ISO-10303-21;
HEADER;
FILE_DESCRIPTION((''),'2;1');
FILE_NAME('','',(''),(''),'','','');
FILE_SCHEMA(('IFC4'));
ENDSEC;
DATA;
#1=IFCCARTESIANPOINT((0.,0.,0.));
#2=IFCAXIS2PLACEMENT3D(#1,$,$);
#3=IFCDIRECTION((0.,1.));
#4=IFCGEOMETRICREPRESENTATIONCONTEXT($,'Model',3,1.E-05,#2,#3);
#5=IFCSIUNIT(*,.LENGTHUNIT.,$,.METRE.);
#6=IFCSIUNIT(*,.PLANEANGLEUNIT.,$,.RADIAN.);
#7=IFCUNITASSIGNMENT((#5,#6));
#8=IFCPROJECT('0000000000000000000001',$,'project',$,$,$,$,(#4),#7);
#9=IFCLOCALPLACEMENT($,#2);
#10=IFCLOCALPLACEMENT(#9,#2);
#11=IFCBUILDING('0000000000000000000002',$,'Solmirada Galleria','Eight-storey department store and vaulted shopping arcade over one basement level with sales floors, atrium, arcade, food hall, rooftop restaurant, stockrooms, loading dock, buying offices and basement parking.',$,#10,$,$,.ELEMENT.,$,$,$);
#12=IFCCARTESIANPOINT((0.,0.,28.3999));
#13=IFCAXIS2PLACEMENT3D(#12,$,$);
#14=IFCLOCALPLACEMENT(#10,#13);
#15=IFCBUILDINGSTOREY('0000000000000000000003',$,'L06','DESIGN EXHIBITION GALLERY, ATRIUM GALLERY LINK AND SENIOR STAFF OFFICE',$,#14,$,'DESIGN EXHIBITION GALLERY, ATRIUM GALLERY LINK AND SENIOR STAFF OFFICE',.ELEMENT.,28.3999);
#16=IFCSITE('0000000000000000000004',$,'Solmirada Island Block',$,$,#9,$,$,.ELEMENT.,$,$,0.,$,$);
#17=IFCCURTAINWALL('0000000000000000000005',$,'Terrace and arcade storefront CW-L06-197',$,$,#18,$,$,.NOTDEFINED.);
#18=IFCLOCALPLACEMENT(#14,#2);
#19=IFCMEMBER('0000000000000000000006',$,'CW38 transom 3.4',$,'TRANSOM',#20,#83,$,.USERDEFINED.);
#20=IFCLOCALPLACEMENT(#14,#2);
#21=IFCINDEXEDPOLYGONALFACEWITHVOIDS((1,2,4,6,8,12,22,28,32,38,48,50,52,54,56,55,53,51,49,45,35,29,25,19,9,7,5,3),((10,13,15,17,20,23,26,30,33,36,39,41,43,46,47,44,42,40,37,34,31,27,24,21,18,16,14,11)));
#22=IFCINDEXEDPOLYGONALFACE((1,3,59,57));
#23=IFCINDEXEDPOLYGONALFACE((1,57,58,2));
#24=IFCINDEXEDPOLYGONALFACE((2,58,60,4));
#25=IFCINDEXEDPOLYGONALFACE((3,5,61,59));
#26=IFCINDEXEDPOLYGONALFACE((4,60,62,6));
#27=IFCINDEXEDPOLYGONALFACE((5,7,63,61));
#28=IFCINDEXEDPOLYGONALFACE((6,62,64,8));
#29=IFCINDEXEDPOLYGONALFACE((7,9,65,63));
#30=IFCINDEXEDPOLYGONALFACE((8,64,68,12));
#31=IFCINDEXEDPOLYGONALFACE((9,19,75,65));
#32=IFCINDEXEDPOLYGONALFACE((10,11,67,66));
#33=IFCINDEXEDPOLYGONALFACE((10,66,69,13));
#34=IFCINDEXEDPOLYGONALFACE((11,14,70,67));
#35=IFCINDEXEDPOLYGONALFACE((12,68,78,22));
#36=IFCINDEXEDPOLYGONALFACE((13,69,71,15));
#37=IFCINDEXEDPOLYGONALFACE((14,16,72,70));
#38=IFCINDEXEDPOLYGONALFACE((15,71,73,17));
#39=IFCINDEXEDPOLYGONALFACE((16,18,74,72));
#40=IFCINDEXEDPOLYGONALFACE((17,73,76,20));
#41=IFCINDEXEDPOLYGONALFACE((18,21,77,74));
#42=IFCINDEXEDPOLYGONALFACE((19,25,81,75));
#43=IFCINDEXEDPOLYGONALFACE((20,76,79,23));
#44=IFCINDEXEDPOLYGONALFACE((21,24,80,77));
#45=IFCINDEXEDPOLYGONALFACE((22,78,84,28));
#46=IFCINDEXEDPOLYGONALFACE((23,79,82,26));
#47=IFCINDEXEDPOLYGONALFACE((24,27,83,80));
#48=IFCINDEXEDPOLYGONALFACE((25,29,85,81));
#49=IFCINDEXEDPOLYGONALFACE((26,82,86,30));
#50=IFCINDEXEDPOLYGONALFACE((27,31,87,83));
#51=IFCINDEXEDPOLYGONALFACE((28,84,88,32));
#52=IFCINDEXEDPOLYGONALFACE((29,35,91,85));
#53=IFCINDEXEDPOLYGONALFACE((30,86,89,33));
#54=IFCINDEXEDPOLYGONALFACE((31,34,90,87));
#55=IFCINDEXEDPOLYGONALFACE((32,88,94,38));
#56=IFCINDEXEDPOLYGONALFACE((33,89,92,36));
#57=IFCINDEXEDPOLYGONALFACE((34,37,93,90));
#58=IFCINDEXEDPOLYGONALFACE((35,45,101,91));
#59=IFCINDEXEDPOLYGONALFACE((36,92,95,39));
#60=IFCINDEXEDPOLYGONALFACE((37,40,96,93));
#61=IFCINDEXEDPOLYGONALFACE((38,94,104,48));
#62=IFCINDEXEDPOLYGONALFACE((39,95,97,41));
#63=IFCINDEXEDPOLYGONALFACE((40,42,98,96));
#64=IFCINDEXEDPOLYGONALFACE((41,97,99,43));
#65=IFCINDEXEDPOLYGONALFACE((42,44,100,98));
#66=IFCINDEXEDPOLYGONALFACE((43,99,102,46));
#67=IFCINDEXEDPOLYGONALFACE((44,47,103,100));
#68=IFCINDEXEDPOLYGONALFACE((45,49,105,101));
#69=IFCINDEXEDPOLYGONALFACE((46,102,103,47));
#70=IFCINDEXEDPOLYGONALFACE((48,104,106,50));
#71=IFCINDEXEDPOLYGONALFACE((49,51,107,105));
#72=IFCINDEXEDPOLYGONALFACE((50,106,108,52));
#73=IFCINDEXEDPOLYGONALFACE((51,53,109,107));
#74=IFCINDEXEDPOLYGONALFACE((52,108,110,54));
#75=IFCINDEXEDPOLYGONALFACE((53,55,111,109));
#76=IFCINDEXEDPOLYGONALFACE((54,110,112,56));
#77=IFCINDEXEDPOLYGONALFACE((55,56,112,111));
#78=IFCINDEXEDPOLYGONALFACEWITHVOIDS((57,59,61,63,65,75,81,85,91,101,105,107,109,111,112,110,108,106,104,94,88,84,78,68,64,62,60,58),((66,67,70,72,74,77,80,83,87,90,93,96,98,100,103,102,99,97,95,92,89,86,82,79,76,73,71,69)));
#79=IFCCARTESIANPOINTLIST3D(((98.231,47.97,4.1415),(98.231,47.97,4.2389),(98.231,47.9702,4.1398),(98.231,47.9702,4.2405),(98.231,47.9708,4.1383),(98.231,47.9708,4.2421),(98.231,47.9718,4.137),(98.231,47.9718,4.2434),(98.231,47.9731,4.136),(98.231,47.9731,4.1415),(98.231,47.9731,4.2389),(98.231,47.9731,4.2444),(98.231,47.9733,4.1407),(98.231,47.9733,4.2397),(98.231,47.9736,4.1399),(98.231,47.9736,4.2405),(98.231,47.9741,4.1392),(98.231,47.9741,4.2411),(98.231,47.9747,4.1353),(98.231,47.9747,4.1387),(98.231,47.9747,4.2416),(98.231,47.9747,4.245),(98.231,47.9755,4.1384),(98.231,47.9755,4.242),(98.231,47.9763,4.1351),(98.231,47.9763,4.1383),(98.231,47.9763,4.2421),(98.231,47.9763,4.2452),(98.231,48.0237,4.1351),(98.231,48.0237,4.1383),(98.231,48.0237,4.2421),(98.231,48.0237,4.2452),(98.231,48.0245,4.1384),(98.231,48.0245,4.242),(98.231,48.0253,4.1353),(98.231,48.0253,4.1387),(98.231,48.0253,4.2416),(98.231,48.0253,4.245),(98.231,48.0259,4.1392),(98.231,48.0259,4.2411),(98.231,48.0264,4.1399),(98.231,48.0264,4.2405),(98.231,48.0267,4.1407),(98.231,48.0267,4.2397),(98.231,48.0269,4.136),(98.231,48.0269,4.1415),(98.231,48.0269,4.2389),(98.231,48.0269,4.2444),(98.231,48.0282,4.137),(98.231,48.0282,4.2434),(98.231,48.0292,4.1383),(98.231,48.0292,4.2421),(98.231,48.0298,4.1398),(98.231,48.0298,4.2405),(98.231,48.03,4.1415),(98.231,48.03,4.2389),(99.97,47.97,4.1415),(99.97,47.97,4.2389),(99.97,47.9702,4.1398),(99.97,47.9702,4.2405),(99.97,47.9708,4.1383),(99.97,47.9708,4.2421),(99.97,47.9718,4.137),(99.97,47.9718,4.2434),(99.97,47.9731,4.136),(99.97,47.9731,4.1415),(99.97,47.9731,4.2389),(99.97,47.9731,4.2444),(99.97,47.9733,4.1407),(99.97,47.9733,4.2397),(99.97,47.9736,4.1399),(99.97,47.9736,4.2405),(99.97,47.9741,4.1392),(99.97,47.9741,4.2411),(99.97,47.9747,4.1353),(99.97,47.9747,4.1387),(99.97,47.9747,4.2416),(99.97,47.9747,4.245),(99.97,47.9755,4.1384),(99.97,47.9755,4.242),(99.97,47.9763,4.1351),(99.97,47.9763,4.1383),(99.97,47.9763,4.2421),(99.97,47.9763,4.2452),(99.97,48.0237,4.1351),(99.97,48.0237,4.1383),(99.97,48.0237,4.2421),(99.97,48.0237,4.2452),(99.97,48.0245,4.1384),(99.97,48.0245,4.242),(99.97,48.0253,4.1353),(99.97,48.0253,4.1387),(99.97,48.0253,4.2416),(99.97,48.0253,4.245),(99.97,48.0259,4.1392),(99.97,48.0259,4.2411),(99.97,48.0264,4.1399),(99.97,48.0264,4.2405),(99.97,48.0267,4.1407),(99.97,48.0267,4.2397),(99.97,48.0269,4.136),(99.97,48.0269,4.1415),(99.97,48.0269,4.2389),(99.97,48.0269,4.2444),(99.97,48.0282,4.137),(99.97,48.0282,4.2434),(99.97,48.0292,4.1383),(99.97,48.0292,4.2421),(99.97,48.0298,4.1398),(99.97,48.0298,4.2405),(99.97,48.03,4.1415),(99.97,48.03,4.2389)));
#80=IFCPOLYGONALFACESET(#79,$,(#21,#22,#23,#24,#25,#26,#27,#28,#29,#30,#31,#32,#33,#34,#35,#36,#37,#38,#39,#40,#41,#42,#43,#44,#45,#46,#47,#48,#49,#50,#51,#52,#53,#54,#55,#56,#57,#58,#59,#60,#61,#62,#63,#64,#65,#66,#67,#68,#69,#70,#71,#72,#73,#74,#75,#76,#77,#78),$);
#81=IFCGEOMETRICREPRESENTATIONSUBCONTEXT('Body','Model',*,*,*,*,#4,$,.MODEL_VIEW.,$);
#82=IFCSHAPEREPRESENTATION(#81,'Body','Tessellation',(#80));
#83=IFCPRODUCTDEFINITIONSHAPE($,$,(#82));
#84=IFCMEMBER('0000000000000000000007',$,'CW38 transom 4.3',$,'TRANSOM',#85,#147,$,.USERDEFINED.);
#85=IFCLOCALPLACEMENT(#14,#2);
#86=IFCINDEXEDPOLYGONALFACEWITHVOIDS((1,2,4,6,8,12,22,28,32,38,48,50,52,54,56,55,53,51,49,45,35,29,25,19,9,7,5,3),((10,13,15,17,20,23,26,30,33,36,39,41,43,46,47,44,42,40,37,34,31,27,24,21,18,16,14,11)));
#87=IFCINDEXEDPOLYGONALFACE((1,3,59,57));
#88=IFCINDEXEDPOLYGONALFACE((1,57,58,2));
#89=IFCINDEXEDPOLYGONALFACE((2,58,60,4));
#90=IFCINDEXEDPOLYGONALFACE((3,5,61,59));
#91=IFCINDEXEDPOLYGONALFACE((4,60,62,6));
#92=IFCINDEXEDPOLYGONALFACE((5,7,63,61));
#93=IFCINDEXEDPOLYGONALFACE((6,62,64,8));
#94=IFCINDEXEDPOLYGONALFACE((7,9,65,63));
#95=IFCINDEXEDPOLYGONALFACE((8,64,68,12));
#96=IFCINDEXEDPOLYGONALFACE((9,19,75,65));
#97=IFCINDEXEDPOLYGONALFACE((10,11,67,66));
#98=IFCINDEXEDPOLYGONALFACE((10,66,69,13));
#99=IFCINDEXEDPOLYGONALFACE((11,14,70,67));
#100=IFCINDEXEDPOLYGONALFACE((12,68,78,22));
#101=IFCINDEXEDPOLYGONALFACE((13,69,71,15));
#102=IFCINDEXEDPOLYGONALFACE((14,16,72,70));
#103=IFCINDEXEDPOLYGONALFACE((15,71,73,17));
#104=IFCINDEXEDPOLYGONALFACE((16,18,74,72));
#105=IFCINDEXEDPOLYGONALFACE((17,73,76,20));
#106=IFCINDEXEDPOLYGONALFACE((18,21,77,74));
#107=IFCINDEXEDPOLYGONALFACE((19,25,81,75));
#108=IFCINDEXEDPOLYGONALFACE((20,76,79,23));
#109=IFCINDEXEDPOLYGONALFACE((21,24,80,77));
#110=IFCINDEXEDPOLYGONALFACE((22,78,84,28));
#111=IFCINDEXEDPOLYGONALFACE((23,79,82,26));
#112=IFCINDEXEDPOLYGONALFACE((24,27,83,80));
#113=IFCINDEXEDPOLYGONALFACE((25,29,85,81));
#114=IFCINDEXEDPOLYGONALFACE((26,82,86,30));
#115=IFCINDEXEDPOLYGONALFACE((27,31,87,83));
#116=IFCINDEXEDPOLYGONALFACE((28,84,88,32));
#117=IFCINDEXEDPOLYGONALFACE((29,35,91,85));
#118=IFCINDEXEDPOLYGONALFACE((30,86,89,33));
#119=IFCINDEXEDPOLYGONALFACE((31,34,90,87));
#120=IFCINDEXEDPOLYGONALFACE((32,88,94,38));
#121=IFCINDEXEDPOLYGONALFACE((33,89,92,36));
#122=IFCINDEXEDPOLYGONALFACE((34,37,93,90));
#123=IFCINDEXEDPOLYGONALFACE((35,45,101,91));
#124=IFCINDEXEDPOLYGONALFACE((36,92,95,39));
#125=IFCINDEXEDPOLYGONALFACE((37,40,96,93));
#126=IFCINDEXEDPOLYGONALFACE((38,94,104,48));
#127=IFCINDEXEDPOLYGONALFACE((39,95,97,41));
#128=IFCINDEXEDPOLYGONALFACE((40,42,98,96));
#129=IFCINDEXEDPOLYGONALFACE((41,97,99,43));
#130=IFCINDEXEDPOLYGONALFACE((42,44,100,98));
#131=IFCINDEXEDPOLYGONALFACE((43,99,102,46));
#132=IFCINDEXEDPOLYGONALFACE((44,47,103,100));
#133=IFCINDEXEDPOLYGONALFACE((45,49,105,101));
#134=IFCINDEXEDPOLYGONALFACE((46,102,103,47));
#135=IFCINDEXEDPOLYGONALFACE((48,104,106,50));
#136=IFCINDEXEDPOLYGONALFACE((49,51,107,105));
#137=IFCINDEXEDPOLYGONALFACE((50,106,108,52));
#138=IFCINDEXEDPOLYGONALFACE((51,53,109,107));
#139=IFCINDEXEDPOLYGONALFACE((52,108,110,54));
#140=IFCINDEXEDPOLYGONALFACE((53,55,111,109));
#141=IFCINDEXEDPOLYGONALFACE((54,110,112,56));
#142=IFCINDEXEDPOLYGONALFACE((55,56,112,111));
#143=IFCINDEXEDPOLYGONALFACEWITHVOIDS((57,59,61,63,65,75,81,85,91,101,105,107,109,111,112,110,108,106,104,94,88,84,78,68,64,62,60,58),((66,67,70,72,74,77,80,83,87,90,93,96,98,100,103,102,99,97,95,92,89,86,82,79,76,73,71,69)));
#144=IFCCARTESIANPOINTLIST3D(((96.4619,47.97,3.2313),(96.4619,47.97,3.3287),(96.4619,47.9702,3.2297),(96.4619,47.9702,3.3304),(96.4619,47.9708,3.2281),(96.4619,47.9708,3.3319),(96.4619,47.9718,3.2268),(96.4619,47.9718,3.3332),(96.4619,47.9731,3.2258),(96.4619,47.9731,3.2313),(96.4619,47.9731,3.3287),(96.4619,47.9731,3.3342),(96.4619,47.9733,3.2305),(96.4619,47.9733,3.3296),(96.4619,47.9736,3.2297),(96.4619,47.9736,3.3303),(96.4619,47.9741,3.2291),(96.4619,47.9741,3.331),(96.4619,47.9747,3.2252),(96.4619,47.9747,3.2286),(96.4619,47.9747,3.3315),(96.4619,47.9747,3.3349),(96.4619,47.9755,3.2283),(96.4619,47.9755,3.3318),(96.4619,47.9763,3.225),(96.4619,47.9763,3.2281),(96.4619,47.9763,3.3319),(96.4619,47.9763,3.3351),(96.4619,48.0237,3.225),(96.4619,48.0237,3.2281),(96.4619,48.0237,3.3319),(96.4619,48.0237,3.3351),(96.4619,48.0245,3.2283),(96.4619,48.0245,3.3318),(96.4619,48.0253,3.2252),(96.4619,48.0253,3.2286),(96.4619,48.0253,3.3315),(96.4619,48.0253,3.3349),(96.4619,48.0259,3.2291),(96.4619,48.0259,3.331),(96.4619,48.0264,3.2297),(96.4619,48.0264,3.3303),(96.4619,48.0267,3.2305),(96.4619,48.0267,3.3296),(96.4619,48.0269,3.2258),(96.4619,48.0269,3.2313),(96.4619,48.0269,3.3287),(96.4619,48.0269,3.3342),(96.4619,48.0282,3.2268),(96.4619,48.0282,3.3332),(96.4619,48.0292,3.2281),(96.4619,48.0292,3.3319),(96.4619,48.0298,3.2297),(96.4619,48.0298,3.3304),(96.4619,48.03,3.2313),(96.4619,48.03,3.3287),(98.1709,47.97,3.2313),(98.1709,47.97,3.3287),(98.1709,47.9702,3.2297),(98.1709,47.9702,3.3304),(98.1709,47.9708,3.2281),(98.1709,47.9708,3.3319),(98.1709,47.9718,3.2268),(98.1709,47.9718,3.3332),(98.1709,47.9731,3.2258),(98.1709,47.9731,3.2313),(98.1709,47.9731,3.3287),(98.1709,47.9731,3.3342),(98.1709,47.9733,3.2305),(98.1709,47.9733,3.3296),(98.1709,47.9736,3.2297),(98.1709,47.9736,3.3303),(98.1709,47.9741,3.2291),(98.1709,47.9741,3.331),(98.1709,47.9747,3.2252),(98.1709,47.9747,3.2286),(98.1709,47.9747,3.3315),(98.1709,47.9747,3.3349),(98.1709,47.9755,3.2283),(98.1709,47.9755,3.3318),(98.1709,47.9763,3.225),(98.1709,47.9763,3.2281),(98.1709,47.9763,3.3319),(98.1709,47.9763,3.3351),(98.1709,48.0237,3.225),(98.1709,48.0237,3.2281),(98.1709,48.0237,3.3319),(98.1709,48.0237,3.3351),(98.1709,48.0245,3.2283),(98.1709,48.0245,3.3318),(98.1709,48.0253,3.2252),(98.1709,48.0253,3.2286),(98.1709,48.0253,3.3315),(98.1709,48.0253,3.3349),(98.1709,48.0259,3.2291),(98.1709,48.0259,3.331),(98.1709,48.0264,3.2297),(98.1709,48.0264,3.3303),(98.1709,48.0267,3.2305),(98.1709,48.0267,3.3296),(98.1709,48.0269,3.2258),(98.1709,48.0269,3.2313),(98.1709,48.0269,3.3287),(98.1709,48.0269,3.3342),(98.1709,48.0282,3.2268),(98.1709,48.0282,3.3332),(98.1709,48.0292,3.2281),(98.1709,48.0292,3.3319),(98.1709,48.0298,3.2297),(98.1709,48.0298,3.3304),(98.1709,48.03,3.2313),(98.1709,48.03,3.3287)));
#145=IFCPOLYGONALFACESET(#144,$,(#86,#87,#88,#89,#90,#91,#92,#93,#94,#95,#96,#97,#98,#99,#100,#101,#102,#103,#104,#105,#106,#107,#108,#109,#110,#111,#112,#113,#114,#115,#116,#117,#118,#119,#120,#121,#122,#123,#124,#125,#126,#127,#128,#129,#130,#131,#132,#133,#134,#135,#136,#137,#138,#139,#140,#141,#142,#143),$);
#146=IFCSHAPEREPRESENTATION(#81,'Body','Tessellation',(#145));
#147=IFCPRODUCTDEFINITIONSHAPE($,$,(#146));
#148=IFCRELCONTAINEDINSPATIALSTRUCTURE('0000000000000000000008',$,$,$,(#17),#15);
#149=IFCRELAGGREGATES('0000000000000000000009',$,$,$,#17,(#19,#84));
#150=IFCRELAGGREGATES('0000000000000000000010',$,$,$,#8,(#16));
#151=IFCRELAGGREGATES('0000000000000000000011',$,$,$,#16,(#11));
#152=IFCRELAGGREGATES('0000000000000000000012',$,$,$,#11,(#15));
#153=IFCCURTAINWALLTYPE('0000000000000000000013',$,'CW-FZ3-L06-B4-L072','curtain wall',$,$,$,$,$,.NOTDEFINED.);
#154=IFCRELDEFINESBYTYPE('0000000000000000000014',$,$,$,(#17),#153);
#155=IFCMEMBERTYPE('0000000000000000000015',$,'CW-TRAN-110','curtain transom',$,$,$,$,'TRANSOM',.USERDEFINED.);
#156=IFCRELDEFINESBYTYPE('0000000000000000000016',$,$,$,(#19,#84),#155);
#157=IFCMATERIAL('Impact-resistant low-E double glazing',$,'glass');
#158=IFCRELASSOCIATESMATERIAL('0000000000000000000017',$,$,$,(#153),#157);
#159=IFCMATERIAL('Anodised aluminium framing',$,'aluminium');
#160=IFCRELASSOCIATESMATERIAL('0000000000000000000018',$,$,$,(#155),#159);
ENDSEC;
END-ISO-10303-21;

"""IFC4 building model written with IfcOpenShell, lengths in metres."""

from ifc_helpers import new_model, si_unit, direction, frame, origin, origin_2d, place, context, subcontext, project, spatial, hollow_rectangle, extrude, material, material_profile, profile_set, type_object, element, aggregate, save


model = new_model("IFC4")

# Units and contexts
model_context = context("Model", 3, precision=1e-05, world=origin(), true_north=direction((0.0, 1.0)))
body_context = subcontext(model_context, "Body", "Model", "MODEL_VIEW")
ifc_project = project(units=[si_unit("LENGTHUNIT", "METRE"), si_unit("PLANEANGLEUNIT", "RADIAN")], contexts=[model_context])

# Site, building, storey
site_placement = place(None, origin())
site = spatial("IfcSite", under=ifc_project, at=site_placement, Name="Solmirada Island Block", CompositionType="ELEMENT", RefElevation=0.0)
building_placement = place(site_placement, origin())
building = spatial("IfcBuilding", under=site, at=building_placement, Name="Solmirada Galleria", Description="Eight-storey department store and vaulted shopping arcade over one basement level with sales floors, atrium, arcade, food hall, rooftop restaurant, stockrooms, loading dock, buying offices and basement parking.", CompositionType="ELEMENT")
storey_placement = place(building_placement, frame((0.0, 0.0, 28.3999)))
storey = spatial("IfcBuildingStorey", under=building, at=storey_placement, Name="L06", Description="DESIGN EXHIBITION GALLERY, ATRIUM GALLERY LINK AND SENIOR STAFF OFFICE", LongName="DESIGN EXHIBITION GALLERY, ATRIUM GALLERY LINK AND SENIOR STAFF OFFICE", CompositionType="ELEMENT", Elevation=28.3999)

# Shared definitions
ifc_material_1 = material(Name="Impact-resistant low-E double glazing", Category="glass")
curtain_wall_type = type_object("IfcCurtainWallType", Name="CW-FZ3-L06-B4-L072", Description="curtain wall", PredefinedType="NOTDEFINED", material=ifc_material_1)
ifc_material_2 = material(Name="Anodised aluminium framing", Category="aluminium")

# Curtain wall, members
curtain_wall_1_placement = place(storey_placement, origin())
curtain_wall_1 = element("IfcCurtainWall", 1, at=curtain_wall_1_placement, inside=storey, type_object=curtain_wall_type, Name="Terrace and arcade storefront CW-L06-197", PredefinedType="NOTDEFINED")
ifc_material_profile_1 = material_profile(ifc_material_2, hollow_rectangle(XDim=0.0601, YDim=0.1101, WallThickness=0.0032, InnerFilletRadius=0.0032, OuterFilletRadius=0.0063, at=origin_2d()), Name="ALU-TRAN-110X60")
ifc_profile_set_1 = profile_set([ifc_material_profile_1], Name="Anodised aluminium framing")
member_type_1 = type_object("IfcMemberType", Name="CW-TRAN-110", Description="curtain transom", ElementType="TRANSOM", PredefinedType="USERDEFINED", material=ifc_profile_set_1)
member_1_placement = place(storey_placement, frame((99.97, 48.0, 4.1902), z_axis=(-1.0, 0.0, 0.0), x_axis=(0.0, -1.0, 0.0)))
member_1 = element("IfcMember", 2, at=member_1_placement, type_object=member_type_1, Name="CW38 transom 3.4", ObjectType="TRANSOM", PredefinedType="USERDEFINED", context=body_context, shape_type="SweptSolid", body=[
    extrude(hollow_rectangle(XDim=0.0601, YDim=0.1101, WallThickness=0.0032, InnerFilletRadius=0.0032, OuterFilletRadius=0.0063, at=origin_2d()), origin(), (0.0, 0.0, 1.0), 1.739),
])
member_2_placement = place(storey_placement, frame((98.1709, 48.0, 3.28), z_axis=(-1.0, 0.0, 0.0), x_axis=(0.0, -1.0, 0.0)))
member_2 = element("IfcMember", 3, at=member_2_placement, type_object=member_type_1, Name="CW38 transom 4.3", ObjectType="TRANSOM", PredefinedType="USERDEFINED", context=body_context, shape_type="SweptSolid", body=[
    extrude(hollow_rectangle(XDim=0.0601, YDim=0.1101, WallThickness=0.0032, InnerFilletRadius=0.0032, OuterFilletRadius=0.0063, at=origin_2d()), origin(), (0.0, 0.0, 1.0), 1.709),
])

aggregate(curtain_wall_1, [member_1, member_2])

save(model, "model.ifc")
